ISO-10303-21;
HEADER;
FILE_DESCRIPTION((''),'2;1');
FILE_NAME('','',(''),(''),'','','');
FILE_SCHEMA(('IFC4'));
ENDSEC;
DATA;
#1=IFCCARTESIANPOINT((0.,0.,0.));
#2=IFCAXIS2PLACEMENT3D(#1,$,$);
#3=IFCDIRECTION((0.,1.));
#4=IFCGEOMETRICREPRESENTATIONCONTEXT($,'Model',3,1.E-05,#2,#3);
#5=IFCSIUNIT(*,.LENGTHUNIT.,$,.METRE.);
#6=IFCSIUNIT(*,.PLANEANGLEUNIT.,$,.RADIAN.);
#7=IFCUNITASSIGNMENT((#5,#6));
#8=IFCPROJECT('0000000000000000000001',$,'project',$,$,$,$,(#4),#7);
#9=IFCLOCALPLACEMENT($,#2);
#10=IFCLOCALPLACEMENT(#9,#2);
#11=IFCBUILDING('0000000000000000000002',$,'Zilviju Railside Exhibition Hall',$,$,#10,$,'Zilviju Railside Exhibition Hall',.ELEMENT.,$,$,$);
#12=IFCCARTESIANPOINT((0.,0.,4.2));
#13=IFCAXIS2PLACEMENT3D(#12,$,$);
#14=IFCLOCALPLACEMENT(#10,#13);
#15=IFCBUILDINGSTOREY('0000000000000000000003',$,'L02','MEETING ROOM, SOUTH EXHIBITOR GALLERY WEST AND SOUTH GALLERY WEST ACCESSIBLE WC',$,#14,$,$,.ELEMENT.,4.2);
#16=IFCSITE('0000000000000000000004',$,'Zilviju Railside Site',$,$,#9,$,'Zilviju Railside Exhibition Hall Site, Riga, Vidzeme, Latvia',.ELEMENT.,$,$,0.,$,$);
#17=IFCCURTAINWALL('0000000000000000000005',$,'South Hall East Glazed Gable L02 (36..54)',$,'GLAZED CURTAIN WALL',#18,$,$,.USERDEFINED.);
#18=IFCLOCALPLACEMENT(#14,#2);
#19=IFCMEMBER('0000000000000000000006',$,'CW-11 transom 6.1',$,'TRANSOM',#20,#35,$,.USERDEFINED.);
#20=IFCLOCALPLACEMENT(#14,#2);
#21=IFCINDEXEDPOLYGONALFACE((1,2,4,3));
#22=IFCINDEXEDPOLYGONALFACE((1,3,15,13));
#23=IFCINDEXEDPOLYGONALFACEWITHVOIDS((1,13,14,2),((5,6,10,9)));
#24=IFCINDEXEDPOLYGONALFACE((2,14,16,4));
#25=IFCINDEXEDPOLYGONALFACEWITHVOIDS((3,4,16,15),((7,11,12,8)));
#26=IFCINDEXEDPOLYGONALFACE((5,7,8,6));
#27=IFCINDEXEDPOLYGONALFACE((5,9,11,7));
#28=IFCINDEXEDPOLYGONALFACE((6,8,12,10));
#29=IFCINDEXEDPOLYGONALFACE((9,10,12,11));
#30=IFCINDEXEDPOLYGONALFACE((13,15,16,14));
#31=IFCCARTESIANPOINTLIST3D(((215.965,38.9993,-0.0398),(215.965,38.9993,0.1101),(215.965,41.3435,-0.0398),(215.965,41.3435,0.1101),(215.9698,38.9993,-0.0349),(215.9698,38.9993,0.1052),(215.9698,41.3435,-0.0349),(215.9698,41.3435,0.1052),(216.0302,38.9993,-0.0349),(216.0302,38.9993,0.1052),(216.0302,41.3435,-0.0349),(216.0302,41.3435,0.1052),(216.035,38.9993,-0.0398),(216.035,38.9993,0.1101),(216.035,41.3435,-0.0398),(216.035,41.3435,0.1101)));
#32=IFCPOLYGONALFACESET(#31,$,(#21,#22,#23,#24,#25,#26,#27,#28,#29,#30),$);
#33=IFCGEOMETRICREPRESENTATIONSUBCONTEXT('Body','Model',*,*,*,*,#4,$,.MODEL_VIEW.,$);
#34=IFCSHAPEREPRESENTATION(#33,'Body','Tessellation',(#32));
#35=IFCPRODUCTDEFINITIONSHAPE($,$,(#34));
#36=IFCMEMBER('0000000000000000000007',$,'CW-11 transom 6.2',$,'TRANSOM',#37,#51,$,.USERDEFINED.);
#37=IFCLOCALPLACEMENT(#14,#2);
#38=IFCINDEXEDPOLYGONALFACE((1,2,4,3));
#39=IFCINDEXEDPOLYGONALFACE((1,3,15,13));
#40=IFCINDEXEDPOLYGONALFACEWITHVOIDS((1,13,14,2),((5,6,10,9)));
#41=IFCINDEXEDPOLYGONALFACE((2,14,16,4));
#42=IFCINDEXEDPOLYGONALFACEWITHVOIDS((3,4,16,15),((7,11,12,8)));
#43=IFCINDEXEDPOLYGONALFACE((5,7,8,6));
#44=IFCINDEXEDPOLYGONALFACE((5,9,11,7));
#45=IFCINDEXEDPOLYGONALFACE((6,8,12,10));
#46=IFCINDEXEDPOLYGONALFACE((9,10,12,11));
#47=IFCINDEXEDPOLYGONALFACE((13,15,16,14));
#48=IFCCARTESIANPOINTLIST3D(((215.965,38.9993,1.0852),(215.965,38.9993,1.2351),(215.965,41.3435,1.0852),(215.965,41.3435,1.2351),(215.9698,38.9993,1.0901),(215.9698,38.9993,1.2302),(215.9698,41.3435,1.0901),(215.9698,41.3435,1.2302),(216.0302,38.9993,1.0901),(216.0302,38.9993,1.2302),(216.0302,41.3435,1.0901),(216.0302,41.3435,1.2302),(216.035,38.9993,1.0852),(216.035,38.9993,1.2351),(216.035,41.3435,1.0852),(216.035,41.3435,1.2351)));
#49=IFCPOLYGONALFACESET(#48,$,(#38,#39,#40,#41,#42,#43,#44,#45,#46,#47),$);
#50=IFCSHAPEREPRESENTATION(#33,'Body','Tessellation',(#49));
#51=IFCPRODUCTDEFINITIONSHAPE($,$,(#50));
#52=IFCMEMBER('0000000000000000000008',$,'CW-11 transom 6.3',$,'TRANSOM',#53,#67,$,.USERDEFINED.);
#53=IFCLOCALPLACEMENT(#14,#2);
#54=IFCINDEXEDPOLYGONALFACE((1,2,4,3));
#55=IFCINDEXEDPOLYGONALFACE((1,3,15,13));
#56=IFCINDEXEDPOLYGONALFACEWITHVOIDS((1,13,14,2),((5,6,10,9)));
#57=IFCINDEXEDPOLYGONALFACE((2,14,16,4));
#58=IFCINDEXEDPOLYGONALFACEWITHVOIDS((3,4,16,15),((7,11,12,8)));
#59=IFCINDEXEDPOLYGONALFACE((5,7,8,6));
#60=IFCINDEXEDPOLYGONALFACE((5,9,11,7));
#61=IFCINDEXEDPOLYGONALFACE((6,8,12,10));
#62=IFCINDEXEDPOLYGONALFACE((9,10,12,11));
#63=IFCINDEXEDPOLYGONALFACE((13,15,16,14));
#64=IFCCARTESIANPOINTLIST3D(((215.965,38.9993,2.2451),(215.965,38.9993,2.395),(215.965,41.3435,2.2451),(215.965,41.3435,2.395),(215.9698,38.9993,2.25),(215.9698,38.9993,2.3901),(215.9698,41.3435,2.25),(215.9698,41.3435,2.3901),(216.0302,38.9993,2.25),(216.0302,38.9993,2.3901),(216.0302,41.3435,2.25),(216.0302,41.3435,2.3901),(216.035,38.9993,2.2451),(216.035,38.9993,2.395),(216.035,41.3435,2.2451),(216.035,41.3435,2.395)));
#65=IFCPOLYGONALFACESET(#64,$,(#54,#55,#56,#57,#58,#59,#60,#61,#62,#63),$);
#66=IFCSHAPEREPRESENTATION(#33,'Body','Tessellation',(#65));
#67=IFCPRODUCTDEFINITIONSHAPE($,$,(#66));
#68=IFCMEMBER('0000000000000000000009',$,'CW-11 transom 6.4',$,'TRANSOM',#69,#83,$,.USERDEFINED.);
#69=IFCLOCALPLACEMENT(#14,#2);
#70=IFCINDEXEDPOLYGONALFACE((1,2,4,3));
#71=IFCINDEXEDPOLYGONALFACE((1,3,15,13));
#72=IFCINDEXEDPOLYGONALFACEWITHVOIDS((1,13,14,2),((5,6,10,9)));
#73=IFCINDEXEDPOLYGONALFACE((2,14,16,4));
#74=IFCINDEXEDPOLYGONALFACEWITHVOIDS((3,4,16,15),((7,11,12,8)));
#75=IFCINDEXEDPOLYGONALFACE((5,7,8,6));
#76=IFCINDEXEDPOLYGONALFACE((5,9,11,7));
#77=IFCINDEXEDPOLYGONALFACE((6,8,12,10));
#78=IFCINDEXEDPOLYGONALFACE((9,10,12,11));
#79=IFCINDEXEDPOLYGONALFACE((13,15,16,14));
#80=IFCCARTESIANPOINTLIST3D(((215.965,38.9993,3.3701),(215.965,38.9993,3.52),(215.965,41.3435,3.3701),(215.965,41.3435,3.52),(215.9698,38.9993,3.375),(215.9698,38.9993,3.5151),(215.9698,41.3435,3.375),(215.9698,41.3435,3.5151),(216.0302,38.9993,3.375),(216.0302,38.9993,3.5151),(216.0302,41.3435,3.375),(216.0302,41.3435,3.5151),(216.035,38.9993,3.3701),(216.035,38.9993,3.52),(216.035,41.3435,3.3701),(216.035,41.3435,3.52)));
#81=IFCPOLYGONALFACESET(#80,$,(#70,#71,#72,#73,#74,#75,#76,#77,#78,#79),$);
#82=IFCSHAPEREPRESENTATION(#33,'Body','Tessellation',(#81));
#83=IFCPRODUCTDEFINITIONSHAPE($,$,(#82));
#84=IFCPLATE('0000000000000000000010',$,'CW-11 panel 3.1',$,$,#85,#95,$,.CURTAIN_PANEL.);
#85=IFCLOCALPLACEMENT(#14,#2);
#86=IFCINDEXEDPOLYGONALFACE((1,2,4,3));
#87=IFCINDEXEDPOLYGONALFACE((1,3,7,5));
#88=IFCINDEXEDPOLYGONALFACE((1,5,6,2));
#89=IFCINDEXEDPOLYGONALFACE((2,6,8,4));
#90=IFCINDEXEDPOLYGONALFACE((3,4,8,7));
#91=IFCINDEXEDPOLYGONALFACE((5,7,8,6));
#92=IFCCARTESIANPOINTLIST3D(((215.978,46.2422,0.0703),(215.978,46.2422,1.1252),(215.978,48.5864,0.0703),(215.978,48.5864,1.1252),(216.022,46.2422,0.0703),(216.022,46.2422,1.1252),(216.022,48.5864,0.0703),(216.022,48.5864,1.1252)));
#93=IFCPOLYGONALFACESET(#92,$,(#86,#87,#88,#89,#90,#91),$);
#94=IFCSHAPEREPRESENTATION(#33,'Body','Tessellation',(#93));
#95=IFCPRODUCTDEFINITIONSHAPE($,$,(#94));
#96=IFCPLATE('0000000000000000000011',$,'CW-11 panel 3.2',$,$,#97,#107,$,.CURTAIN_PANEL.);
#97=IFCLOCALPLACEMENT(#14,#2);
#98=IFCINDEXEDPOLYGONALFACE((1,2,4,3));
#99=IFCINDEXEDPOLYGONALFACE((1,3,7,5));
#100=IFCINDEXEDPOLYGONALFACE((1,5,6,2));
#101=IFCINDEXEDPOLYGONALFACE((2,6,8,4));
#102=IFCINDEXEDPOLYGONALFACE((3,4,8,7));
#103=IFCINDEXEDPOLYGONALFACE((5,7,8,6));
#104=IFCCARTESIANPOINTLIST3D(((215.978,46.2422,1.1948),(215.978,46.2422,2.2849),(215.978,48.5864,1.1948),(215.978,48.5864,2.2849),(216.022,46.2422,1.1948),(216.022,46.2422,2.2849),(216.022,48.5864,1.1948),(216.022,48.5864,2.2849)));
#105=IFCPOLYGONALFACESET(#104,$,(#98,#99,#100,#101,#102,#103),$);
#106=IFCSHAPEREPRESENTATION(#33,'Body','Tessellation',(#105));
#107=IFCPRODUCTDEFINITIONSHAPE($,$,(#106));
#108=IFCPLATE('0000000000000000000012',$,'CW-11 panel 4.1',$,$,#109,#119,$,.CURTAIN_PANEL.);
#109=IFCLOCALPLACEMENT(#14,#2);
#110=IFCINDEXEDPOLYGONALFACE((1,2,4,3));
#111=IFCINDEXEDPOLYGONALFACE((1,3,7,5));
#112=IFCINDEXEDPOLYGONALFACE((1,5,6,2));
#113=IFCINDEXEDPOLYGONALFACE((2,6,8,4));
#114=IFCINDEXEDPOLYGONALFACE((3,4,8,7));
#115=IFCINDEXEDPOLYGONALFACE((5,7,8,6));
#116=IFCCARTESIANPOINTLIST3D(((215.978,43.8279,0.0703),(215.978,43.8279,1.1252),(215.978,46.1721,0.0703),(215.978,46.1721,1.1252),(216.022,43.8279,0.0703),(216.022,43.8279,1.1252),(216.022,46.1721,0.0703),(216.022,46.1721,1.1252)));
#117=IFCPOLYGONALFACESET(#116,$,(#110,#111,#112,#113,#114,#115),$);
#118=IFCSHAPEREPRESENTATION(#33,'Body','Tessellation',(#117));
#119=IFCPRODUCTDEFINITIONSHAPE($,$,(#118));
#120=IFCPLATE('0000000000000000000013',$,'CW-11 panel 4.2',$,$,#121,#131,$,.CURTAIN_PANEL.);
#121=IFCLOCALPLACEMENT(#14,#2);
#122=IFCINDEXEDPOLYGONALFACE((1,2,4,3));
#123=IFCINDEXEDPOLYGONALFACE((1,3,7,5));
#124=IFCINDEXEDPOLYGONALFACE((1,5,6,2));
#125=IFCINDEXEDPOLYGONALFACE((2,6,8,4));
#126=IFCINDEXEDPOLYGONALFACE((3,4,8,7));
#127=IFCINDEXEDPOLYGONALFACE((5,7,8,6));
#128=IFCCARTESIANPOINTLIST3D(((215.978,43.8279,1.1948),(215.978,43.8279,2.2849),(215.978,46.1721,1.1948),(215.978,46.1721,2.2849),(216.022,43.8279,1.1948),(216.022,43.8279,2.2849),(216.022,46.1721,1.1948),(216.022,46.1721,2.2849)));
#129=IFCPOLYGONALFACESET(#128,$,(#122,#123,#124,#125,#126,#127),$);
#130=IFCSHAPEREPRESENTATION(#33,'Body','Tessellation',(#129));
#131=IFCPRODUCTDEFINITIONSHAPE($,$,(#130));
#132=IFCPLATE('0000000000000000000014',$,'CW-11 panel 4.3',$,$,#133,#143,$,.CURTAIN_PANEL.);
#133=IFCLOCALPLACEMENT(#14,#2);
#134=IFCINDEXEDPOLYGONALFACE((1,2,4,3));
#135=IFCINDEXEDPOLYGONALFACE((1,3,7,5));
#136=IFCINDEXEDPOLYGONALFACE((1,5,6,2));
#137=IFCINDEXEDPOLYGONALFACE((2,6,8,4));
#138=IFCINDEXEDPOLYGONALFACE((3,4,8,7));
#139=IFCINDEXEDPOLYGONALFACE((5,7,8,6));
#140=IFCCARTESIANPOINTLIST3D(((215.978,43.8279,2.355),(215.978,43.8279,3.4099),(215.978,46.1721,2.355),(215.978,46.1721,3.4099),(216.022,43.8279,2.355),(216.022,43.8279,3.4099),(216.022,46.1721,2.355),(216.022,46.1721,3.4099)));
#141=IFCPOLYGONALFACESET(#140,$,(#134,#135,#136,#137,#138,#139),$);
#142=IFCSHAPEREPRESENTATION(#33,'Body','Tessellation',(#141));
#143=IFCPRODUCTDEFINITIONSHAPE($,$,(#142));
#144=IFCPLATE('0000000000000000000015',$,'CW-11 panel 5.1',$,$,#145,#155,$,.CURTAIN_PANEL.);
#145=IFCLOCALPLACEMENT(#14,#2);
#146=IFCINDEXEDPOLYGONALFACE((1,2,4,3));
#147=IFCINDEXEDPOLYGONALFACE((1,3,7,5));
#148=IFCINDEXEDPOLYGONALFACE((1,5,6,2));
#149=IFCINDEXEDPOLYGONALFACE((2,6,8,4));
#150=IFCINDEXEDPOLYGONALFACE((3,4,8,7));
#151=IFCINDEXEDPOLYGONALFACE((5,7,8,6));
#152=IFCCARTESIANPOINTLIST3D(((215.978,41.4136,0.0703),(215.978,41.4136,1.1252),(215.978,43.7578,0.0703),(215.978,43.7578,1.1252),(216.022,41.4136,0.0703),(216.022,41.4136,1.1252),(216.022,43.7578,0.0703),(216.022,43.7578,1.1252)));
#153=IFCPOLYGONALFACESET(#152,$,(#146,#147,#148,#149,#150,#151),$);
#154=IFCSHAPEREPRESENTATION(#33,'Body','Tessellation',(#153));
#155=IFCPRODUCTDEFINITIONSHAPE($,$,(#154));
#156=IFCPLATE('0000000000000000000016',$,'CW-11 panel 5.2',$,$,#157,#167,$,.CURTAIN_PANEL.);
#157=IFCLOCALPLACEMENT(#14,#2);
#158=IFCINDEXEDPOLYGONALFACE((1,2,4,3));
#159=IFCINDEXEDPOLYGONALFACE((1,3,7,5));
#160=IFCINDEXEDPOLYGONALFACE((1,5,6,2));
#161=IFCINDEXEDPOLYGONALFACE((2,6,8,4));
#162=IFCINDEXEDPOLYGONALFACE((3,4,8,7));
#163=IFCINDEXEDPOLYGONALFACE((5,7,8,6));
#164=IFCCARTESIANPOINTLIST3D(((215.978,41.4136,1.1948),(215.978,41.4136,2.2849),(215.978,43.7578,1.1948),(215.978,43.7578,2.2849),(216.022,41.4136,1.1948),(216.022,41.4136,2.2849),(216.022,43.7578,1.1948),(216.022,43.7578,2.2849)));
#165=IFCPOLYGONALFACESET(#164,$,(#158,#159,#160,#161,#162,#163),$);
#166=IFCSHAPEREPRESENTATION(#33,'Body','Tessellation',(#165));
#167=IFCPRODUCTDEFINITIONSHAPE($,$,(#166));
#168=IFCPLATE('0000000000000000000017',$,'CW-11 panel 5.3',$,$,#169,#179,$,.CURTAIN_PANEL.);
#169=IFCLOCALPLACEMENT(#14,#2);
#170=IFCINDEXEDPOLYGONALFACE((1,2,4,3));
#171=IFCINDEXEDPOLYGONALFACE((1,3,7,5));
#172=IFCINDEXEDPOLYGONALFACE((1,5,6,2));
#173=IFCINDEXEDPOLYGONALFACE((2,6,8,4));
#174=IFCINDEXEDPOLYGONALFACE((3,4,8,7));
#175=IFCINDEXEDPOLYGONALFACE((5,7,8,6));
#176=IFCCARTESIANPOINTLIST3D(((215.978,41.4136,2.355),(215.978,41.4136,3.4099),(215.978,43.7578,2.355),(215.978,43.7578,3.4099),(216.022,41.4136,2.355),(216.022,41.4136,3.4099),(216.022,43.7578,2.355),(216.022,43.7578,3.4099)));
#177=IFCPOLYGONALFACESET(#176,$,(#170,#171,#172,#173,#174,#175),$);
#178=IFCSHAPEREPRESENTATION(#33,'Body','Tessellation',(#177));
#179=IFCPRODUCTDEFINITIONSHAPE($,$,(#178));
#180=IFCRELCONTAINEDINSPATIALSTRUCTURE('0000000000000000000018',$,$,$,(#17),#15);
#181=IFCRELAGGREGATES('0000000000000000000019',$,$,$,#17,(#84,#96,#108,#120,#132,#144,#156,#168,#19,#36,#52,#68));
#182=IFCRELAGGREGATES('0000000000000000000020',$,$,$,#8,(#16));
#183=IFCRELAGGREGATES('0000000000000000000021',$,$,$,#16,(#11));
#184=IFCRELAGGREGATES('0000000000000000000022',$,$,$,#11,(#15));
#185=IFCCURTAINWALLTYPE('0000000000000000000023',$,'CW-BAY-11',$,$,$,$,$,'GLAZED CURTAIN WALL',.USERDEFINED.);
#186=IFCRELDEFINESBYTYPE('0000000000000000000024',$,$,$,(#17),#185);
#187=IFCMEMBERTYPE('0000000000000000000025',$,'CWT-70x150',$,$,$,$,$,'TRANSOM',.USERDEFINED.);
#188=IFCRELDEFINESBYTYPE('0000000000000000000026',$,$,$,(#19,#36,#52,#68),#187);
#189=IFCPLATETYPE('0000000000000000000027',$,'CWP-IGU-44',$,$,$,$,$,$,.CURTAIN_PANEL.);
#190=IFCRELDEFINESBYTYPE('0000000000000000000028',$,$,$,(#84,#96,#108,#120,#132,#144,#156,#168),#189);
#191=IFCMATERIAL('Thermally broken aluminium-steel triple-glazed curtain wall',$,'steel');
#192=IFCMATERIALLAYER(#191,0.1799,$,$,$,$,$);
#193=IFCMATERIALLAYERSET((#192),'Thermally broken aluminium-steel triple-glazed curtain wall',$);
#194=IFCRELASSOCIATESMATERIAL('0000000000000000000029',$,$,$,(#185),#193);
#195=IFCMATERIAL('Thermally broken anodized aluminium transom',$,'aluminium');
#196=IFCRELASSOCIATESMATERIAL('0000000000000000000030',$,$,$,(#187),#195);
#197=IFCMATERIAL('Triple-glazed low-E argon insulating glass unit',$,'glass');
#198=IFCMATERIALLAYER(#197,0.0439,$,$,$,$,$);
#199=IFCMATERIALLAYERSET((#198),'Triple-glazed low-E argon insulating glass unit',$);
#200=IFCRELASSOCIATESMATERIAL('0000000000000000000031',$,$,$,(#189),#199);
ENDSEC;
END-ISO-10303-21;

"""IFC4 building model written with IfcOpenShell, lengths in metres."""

from ifc_helpers import new_model, si_unit, direction, frame, origin, origin_2d, place, context, subcontext, project, spatial, rectangle, hollow_rectangle, extrude, material, layer, layer_set, material_profile, profile_set, type_object, element, aggregate, save


model = new_model("IFC4")

# Units and contexts
model_context = context("Model", 3, precision=1e-05, world=origin(), true_north=direction((0.0, 1.0)))
body_context = subcontext(model_context, "Body", "Model", "MODEL_VIEW")
ifc_project = project(units=[si_unit("LENGTHUNIT", "METRE"), si_unit("PLANEANGLEUNIT", "RADIAN")], contexts=[model_context])

# Site, building, storey
site_placement = place(None, origin())
site = spatial("IfcSite", under=ifc_project, at=site_placement, Name="Zilviju Railside Site", LongName="Zilviju Railside Exhibition Hall Site, Riga, Vidzeme, Latvia", CompositionType="ELEMENT", RefElevation=0.0)
building_placement = place(site_placement, origin())
building = spatial("IfcBuilding", under=site, at=building_placement, Name="Zilviju Railside Exhibition Hall", LongName="Zilviju Railside Exhibition Hall", CompositionType="ELEMENT")
storey_placement = place(building_placement, frame((0.0, 0.0, 4.2)))
storey = spatial("IfcBuildingStorey", under=building, at=storey_placement, Name="L02", Description="MEETING ROOM, SOUTH EXHIBITOR GALLERY WEST AND SOUTH GALLERY WEST ACCESSIBLE WC", CompositionType="ELEMENT", Elevation=4.2)

# Curtain wall, members, plates
ifc_material_1 = material(Name="Thermally broken aluminium-steel triple-glazed curtain wall", Category="steel")
ifc_layer_1 = layer(ifc_material_1, 0.1799)
ifc_layer_set_1 = layer_set([ifc_layer_1], Name="Thermally broken aluminium-steel triple-glazed curtain wall")
curtain_wall_type = type_object("IfcCurtainWallType", Name="CW-BAY-11", ElementType="GLAZED CURTAIN WALL", PredefinedType="USERDEFINED", material=ifc_layer_set_1)
curtain_wall_placement = place(storey_placement, origin())
curtain_wall = element("IfcCurtainWall", 1, at=curtain_wall_placement, inside=storey, type_object=curtain_wall_type, Name="South Hall East Glazed Gable L02 (36..54)", ObjectType="GLAZED CURTAIN WALL", PredefinedType="USERDEFINED")
ifc_material_2 = material(Name="Thermally broken anodized aluminium transom", Category="aluminium")
ifc_material_profile_1 = material_profile(ifc_material_2, hollow_rectangle(XDim=0.0701, YDim=0.1499, WallThickness=0.0049, at=origin_2d()), Name="TRANSOM 150x70x5")
ifc_profile_set_1 = profile_set([ifc_material_profile_1], Name="Thermally broken anodized aluminium transom")
member_type_1 = type_object("IfcMemberType", Name="CWT-70x150", ElementType="TRANSOM", PredefinedType="USERDEFINED", material=ifc_profile_set_1)
member_1_placement = place(storey_placement, frame((216.0, 41.3435, 0.0352), z_axis=(0.0, -1.0, 0.0), x_axis=(1.0, 0.0, 0.0)))
member_1 = element("IfcMember", 2, at=member_1_placement, type_object=member_type_1, Name="CW-11 transom 6.1", ObjectType="TRANSOM", PredefinedType="USERDEFINED", context=body_context, shape_type="SweptSolid", body=[
    extrude(hollow_rectangle(XDim=0.0701, YDim=0.1499, WallThickness=0.0049, at=origin_2d()), origin(), (0.0, 0.0, 1.0), 2.3442),
])
member_2_placement = place(storey_placement, frame((216.0, 41.3435, 1.1602), z_axis=(0.0, -1.0, 0.0), x_axis=(1.0, 0.0, 0.0)))
member_2 = element("IfcMember", 3, at=member_2_placement, type_object=member_type_1, Name="CW-11 transom 6.2", ObjectType="TRANSOM", PredefinedType="USERDEFINED", context=body_context, shape_type="SweptSolid", body=[
    extrude(hollow_rectangle(XDim=0.0701, YDim=0.1499, WallThickness=0.0049, at=origin_2d()), origin(), (0.0, 0.0, 1.0), 2.3442),
])
member_3_placement = place(storey_placement, frame((216.0, 41.3435, 2.3201), z_axis=(0.0, -1.0, 0.0), x_axis=(1.0, 0.0, 0.0)))
member_3 = element("IfcMember", 4, at=member_3_placement, type_object=member_type_1, Name="CW-11 transom 6.3", ObjectType="TRANSOM", PredefinedType="USERDEFINED", context=body_context, shape_type="SweptSolid", body=[
    extrude(hollow_rectangle(XDim=0.0701, YDim=0.1499, WallThickness=0.0049, at=origin_2d()), origin(), (0.0, 0.0, 1.0), 2.3442),
])
member_4_placement = place(storey_placement, frame((216.0, 41.3435, 3.4451), z_axis=(0.0, -1.0, 0.0), x_axis=(1.0, 0.0, 0.0)))
member_4 = element("IfcMember", 5, at=member_4_placement, type_object=member_type_1, Name="CW-11 transom 6.4", ObjectType="TRANSOM", PredefinedType="USERDEFINED", context=body_context, shape_type="SweptSolid", body=[
    extrude(hollow_rectangle(XDim=0.0701, YDim=0.1499, WallThickness=0.0049, at=origin_2d()), origin(), (0.0, 0.0, 1.0), 2.3442),
])
ifc_material_3 = material(Name="Triple-glazed low-E argon insulating glass unit", Category="glass")
ifc_layer_2 = layer(ifc_material_3, 0.0439)
ifc_layer_set_2 = layer_set([ifc_layer_2], Name="Triple-glazed low-E argon insulating glass unit")
plate_type = type_object("IfcPlateType", Name="CWP-IGU-44", PredefinedType="CURTAIN_PANEL", material=ifc_layer_set_2)
plate_1_placement = place(storey_placement, frame((216.0, 47.4143, 0.0703), z_axis=(0.0, 0.0, 1.0), x_axis=(0.0, -1.0, 0.0)))
plate_1 = element("IfcPlate", 6, at=plate_1_placement, type_object=plate_type, Name="CW-11 panel 3.1", PredefinedType="CURTAIN_PANEL", context=body_context, shape_type="SweptSolid", body=[
    extrude(rectangle(XDim=2.3442, YDim=0.0439, at=origin_2d()), origin(), (0.0, 0.0, 1.0), 1.0549),
])
plate_2_placement = place(storey_placement, frame((216.0, 47.4143, 1.1948), z_axis=(0.0, 0.0, 1.0), x_axis=(0.0, -1.0, 0.0)))
plate_2 = element("IfcPlate", 7, at=plate_2_placement, type_object=plate_type, Name="CW-11 panel 3.2", PredefinedType="CURTAIN_PANEL", context=body_context, shape_type="SweptSolid", body=[
    extrude(rectangle(XDim=2.3442, YDim=0.0439, at=origin_2d()), origin(), (0.0, 0.0, 1.0), 1.0901),
])
plate_3_placement = place(storey_placement, frame((216.0, 45.0, 0.0703), z_axis=(0.0, 0.0, 1.0), x_axis=(0.0, -1.0, 0.0)))
plate_3 = element("IfcPlate", 8, at=plate_3_placement, type_object=plate_type, Name="CW-11 panel 4.1", PredefinedType="CURTAIN_PANEL", context=body_context, shape_type="SweptSolid", body=[
    extrude(rectangle(XDim=2.3442, YDim=0.0439, at=origin_2d()), origin(), (0.0, 0.0, 1.0), 1.0549),
])
plate_4_placement = place(storey_placement, frame((216.0, 45.0, 1.1948), z_axis=(0.0, 0.0, 1.0), x_axis=(0.0, -1.0, 0.0)))
plate_4 = element("IfcPlate", 9, at=plate_4_placement, type_object=plate_type, Name="CW-11 panel 4.2", PredefinedType="CURTAIN_PANEL", context=body_context, shape_type="SweptSolid", body=[
    extrude(rectangle(XDim=2.3442, YDim=0.0439, at=origin_2d()), origin(), (0.0, 0.0, 1.0), 1.0901),
])
plate_5_placement = place(storey_placement, frame((216.0, 45.0, 2.355), z_axis=(0.0, 0.0, 1.0), x_axis=(0.0, -1.0, 0.0)))
plate_5 = element("IfcPlate", 10, at=plate_5_placement, type_object=plate_type, Name="CW-11 panel 4.3", PredefinedType="CURTAIN_PANEL", context=body_context, shape_type="SweptSolid", body=[
    extrude(rectangle(XDim=2.3442, YDim=0.0439, at=origin_2d()), origin(), (0.0, 0.0, 1.0), 1.0549),
])
plate_6_placement = place(storey_placement, frame((216.0, 42.5857, 0.0703), z_axis=(0.0, 0.0, 1.0), x_axis=(0.0, -1.0, 0.0)))
plate_6 = element("IfcPlate", 11, at=plate_6_placement, type_object=plate_type, Name="CW-11 panel 5.1", PredefinedType="CURTAIN_PANEL", context=body_context, shape_type="SweptSolid", body=[
    extrude(rectangle(XDim=2.3442, YDim=0.0439, at=origin_2d()), origin(), (0.0, 0.0, 1.0), 1.0549),
])
plate_7_placement = place(storey_placement, frame((216.0, 42.5857, 1.1948), z_axis=(0.0, 0.0, 1.0), x_axis=(0.0, -1.0, 0.0)))
plate_7 = element("IfcPlate", 12, at=plate_7_placement, type_object=plate_type, Name="CW-11 panel 5.2", PredefinedType="CURTAIN_PANEL", context=body_context, shape_type="SweptSolid", body=[
    extrude(rectangle(XDim=2.3442, YDim=0.0439, at=origin_2d()), origin(), (0.0, 0.0, 1.0), 1.0901),
])
plate_8_placement = place(storey_placement, frame((216.0, 42.5857, 2.355), z_axis=(0.0, 0.0, 1.0), x_axis=(0.0, -1.0, 0.0)))
plate_8 = element("IfcPlate", 13, at=plate_8_placement, type_object=plate_type, Name="CW-11 panel 5.3", PredefinedType="CURTAIN_PANEL", context=body_context, shape_type="SweptSolid", body=[
    extrude(rectangle(XDim=2.3442, YDim=0.0439, at=origin_2d()), origin(), (0.0, 0.0, 1.0), 1.0549),
])
aggregate(curtain_wall, [plate_1, plate_2, plate_3, plate_4, plate_5, plate_6, plate_7, plate_8, member_1, member_2, member_3, member_4])

save(model, "model.ifc")
